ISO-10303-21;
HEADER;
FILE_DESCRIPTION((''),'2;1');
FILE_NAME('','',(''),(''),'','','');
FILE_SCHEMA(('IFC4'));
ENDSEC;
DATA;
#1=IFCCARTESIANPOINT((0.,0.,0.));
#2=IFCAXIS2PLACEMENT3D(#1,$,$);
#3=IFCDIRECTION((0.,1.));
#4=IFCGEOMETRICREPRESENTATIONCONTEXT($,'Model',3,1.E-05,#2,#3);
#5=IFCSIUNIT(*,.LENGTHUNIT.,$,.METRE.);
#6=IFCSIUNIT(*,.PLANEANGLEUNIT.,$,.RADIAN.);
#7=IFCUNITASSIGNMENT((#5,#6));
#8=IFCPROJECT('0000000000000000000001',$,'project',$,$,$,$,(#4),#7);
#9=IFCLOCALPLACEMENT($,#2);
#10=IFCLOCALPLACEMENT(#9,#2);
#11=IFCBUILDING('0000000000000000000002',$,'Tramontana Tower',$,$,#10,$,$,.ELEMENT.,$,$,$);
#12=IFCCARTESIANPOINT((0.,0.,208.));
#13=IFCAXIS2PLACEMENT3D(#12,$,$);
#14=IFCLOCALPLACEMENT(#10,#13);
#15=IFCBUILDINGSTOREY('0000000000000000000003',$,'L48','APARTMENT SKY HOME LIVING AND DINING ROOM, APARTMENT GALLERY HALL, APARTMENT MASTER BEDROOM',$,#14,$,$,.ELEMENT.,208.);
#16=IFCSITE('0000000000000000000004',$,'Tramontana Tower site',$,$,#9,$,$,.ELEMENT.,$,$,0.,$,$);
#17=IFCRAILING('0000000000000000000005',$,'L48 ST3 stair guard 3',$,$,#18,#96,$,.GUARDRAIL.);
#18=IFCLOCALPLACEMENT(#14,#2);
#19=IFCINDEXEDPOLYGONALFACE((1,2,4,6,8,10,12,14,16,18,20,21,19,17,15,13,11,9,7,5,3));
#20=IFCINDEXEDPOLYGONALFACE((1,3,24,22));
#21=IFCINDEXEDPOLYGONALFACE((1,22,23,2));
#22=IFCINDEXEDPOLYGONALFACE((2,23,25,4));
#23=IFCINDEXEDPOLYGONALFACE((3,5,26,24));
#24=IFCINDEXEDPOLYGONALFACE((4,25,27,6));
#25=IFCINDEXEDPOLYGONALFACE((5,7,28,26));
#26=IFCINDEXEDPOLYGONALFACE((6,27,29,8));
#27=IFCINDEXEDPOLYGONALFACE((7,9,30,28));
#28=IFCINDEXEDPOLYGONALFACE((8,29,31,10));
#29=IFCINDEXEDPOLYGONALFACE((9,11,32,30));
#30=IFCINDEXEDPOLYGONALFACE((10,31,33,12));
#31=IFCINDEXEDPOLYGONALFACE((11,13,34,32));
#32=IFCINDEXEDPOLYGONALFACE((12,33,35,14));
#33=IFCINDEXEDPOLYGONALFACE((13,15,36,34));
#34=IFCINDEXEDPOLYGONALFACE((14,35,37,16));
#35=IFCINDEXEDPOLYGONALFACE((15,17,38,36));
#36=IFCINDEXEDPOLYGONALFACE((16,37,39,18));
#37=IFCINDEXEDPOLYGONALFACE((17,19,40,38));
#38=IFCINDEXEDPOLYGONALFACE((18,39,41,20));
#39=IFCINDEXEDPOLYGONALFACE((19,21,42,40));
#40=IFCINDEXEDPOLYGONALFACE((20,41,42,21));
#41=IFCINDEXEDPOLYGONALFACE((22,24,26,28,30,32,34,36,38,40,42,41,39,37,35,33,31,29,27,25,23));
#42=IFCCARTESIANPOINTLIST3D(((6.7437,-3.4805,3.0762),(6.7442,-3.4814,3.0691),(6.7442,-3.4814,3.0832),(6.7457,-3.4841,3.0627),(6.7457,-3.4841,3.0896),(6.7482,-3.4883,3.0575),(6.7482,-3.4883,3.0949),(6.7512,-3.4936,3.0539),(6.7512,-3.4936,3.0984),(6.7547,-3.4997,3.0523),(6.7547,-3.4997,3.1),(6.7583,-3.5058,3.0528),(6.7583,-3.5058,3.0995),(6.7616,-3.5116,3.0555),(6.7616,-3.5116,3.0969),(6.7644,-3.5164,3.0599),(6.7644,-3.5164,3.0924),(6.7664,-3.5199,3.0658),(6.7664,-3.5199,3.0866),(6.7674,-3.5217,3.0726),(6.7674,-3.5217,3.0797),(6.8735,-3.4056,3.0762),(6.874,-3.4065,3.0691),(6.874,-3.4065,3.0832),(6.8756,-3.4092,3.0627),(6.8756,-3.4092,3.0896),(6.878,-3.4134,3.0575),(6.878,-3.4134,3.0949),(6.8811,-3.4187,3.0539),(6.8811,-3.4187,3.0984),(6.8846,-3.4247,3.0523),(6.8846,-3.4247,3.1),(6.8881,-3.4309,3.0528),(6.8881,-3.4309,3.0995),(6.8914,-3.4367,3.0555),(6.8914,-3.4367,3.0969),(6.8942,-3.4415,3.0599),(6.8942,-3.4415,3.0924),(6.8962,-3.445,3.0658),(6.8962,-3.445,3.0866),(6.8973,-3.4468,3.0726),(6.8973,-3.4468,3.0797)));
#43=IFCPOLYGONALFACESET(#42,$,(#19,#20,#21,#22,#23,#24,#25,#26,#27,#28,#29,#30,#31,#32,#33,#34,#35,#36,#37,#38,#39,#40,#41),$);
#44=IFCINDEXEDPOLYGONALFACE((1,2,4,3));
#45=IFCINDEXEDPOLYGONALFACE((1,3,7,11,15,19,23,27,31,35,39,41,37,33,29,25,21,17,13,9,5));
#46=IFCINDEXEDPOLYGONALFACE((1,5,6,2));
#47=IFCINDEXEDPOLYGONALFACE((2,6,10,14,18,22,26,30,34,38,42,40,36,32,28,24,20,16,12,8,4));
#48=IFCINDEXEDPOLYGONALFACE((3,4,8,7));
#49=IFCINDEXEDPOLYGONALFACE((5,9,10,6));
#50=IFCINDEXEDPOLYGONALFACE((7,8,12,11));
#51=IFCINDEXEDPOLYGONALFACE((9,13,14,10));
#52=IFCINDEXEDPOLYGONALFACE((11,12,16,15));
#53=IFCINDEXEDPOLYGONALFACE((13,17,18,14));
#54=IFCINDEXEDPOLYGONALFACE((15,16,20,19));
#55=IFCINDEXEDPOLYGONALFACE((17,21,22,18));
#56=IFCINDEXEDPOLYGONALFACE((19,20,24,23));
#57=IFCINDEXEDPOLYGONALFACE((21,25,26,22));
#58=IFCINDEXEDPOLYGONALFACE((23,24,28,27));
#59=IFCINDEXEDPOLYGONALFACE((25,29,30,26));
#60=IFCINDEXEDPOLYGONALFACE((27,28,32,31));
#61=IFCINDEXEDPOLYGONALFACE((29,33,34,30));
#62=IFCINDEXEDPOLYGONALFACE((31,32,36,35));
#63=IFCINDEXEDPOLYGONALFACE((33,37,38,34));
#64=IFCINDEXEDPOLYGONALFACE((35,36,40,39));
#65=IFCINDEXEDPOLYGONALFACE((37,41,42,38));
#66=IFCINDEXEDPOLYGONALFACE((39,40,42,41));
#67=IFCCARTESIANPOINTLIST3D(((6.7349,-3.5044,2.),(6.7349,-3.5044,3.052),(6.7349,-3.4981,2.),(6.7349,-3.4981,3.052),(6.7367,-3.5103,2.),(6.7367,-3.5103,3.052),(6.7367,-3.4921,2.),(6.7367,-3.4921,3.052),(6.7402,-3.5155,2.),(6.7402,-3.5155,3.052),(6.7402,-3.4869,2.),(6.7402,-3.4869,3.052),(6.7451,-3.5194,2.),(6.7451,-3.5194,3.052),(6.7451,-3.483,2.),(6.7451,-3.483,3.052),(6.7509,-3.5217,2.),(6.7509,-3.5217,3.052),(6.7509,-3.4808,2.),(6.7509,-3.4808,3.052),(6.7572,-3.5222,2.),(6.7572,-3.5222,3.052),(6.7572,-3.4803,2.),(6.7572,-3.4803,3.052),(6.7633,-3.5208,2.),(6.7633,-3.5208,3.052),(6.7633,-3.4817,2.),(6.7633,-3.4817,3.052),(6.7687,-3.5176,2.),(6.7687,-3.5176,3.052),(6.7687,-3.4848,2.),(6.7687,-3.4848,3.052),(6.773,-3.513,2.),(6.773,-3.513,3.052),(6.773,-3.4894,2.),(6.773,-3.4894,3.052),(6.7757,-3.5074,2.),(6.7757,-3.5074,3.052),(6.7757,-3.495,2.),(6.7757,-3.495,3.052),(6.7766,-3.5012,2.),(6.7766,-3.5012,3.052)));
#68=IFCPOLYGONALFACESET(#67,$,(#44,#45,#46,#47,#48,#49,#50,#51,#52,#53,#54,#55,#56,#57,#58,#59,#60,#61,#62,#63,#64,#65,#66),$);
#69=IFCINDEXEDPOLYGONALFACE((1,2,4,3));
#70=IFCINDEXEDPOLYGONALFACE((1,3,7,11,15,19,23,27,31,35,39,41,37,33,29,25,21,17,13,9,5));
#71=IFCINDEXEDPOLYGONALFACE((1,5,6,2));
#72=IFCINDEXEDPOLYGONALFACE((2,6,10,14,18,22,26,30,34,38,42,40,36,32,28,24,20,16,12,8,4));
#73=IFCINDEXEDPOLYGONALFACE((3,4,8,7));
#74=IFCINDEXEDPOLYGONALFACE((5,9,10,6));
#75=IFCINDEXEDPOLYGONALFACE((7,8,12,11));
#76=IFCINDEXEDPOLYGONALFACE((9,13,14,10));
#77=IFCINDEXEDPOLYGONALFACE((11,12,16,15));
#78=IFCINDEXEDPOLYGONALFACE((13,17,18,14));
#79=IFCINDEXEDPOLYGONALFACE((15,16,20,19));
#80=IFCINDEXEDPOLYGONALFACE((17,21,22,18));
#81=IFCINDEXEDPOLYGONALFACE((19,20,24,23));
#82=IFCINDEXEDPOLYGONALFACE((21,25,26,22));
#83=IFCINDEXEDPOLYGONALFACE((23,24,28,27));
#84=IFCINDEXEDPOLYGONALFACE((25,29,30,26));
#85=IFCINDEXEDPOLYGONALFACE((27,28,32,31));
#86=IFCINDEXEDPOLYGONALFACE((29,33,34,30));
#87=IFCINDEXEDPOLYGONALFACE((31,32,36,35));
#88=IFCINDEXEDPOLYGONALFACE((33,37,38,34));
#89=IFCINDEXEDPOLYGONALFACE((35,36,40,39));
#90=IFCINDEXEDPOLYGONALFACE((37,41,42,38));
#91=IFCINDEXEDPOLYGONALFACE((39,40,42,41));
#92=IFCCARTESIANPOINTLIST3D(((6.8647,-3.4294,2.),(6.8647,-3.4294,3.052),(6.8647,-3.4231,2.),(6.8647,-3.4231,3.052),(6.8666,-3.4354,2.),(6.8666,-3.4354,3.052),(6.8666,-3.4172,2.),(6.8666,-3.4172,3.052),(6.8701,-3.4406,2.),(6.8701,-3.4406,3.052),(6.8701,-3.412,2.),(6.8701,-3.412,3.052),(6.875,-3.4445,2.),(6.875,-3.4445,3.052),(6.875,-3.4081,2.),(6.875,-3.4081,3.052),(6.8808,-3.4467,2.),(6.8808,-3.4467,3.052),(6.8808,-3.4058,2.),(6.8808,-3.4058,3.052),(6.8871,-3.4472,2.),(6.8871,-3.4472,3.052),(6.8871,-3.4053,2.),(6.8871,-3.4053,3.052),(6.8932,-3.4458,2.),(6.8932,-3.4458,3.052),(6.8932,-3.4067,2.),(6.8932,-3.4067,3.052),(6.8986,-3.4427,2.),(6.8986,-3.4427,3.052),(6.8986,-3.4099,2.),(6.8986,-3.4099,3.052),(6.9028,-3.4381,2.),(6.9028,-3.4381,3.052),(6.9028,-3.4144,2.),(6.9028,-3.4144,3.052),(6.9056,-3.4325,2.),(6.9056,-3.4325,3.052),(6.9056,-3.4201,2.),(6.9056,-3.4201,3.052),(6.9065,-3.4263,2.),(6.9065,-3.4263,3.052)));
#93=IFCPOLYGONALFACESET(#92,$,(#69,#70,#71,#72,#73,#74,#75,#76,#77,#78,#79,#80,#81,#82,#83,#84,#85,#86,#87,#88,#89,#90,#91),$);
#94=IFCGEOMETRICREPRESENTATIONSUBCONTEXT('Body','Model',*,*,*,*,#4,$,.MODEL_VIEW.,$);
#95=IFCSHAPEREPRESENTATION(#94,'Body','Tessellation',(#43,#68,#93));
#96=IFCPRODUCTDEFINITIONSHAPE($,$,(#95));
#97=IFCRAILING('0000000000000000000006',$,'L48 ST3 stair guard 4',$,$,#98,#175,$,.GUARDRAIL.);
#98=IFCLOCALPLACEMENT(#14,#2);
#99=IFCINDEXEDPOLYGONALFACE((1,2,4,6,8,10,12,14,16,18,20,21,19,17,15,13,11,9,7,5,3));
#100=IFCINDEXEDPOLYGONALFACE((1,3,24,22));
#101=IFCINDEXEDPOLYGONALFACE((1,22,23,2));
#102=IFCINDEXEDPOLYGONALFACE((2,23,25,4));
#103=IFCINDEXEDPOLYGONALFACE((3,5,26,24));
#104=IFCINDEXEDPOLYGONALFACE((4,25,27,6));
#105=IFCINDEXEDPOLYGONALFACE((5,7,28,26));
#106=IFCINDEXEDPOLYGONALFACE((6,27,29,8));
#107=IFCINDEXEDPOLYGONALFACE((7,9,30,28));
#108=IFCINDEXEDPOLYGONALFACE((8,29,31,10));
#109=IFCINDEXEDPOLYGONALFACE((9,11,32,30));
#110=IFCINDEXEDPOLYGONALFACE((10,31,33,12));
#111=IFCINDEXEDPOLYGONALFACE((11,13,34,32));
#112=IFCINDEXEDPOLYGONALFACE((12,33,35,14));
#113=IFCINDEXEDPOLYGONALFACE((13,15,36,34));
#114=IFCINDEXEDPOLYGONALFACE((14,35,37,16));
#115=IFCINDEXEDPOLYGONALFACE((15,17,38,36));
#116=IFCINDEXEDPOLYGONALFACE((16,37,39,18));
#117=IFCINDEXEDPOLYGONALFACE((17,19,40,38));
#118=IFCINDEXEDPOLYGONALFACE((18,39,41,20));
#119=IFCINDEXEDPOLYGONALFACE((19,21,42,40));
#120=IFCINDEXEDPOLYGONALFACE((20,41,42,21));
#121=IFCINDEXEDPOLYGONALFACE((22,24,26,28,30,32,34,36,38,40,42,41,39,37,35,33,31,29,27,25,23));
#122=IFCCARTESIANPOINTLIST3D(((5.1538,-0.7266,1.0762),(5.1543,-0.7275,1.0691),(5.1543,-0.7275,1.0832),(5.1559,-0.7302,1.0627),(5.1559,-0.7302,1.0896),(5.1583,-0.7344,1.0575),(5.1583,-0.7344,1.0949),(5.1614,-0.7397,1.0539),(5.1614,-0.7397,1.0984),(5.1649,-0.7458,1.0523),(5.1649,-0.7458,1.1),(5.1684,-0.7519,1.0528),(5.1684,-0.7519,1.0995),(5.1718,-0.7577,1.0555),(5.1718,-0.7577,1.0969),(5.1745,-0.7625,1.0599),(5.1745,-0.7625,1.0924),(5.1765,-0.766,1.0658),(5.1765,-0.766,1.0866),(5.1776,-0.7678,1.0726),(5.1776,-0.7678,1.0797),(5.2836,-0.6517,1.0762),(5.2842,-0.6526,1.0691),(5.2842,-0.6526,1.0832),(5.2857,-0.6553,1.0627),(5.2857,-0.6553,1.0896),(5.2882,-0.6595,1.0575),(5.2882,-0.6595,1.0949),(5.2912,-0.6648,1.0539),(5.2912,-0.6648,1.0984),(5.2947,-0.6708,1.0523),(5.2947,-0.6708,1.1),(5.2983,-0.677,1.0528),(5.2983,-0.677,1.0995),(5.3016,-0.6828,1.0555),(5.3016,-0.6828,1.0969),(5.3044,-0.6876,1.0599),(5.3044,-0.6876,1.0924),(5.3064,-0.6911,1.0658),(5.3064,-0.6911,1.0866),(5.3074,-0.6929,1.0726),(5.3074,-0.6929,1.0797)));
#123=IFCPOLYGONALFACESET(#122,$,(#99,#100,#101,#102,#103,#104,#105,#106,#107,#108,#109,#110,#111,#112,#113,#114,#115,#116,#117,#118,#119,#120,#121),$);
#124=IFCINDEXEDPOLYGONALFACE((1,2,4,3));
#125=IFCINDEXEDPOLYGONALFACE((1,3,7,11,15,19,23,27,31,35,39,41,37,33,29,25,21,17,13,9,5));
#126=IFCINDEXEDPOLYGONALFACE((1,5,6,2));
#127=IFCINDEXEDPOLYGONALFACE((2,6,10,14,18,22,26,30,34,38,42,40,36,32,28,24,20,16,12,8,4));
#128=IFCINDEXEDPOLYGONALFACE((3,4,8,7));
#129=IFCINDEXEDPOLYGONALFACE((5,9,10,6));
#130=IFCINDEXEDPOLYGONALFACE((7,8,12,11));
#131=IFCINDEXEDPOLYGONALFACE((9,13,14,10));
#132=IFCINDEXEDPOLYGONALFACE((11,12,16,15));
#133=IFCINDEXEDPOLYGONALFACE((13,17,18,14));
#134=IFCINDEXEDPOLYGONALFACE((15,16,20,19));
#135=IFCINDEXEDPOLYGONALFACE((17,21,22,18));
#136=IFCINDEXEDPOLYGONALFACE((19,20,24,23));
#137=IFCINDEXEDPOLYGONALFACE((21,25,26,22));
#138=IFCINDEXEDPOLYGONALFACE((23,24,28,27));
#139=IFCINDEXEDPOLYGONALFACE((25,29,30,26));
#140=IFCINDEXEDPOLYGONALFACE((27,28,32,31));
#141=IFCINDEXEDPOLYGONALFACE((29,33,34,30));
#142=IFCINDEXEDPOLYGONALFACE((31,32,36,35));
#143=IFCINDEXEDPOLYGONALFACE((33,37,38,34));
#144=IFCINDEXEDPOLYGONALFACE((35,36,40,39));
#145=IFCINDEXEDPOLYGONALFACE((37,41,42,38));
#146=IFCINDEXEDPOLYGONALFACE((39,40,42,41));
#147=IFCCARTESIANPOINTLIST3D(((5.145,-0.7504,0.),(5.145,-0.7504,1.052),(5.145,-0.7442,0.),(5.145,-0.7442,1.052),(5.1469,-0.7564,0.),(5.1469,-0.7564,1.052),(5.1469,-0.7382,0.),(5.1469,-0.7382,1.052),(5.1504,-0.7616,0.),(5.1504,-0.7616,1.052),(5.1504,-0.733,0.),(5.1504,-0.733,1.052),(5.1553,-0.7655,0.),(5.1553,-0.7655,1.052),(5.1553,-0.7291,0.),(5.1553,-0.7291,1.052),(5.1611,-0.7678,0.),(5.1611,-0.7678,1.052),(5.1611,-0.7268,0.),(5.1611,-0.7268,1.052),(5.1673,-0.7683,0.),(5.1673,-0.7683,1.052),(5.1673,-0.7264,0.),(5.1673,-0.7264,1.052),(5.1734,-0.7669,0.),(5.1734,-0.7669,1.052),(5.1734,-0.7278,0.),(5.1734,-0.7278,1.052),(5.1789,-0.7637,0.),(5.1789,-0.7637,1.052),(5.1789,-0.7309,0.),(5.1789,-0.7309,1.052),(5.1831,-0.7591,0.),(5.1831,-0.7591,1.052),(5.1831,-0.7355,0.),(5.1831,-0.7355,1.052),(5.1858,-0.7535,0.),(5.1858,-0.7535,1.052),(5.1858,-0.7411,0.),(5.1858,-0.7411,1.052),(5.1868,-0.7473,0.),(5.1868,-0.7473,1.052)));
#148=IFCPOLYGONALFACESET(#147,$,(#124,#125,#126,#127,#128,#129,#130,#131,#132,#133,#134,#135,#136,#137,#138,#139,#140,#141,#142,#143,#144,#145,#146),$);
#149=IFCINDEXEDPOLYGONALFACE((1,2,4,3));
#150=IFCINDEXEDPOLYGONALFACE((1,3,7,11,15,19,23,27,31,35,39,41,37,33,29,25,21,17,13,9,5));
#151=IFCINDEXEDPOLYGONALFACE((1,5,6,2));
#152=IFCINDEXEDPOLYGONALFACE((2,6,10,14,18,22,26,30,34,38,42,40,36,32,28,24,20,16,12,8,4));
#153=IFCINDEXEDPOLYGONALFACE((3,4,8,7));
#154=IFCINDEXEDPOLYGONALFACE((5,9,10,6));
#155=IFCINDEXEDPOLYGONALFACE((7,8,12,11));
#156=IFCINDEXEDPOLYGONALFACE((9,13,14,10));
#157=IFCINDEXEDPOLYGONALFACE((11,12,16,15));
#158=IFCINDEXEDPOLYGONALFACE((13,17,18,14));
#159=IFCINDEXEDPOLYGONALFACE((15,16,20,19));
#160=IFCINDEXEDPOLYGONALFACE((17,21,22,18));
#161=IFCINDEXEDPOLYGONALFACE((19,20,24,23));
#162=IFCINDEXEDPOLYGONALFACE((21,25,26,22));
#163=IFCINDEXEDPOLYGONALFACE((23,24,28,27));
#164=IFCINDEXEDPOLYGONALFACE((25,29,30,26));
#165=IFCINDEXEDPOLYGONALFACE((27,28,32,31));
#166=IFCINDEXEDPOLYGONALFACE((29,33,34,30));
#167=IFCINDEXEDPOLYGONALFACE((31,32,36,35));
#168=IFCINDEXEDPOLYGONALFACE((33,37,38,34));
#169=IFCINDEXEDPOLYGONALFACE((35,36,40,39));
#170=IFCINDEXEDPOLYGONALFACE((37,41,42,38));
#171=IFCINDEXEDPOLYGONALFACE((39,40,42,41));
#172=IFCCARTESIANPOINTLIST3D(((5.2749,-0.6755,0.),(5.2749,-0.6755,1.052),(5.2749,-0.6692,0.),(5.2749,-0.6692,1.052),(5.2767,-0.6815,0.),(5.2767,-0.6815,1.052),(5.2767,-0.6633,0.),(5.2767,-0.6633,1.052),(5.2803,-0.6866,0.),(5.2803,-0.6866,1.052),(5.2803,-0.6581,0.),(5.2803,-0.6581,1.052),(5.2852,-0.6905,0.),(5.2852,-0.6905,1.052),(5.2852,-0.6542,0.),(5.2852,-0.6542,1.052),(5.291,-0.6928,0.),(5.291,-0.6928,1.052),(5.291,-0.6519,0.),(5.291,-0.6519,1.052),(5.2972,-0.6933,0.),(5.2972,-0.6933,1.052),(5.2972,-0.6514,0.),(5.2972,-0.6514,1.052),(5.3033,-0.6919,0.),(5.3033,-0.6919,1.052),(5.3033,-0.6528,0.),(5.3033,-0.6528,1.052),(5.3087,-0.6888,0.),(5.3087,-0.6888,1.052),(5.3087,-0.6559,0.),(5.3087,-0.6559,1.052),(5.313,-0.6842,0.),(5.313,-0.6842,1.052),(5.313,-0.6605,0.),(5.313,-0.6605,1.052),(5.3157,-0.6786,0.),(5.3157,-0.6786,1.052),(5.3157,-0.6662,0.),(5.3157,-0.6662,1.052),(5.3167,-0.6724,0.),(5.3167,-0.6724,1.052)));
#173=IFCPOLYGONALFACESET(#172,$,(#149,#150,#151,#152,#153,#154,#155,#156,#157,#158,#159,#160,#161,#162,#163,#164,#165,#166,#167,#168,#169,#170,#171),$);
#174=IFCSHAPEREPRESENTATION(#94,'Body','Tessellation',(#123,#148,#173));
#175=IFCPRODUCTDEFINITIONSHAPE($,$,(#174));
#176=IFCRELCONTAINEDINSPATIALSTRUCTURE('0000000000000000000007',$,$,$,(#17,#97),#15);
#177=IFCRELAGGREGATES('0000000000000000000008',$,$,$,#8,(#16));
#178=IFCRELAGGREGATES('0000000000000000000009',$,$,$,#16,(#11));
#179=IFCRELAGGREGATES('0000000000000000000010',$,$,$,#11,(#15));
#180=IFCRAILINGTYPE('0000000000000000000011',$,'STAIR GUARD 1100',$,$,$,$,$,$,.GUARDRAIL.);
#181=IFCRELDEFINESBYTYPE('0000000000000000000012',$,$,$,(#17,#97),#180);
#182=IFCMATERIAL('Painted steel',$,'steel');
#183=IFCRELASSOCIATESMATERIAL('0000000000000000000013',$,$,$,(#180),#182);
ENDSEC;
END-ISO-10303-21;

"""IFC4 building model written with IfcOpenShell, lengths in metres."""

from ifc_helpers import new_model, si_unit, direction, frame, origin, origin_2d, place, context, subcontext, project, spatial, circle, extrude, material, type_object, element, save


model = new_model("IFC4")

# Units and contexts
model_context = context("Model", 3, precision=1e-05, world=origin(), true_north=direction((0.0, 1.0)))
body_context = subcontext(model_context, "Body", "Model", "MODEL_VIEW")
ifc_project = project(units=[si_unit("LENGTHUNIT", "METRE"), si_unit("PLANEANGLEUNIT", "RADIAN")], contexts=[model_context])

# Site, building, storey
site_placement = place(None, origin())
site = spatial("IfcSite", under=ifc_project, at=site_placement, Name="Tramontana Tower site", CompositionType="ELEMENT", RefElevation=0.0)
building_placement = place(site_placement, origin())
building = spatial("IfcBuilding", under=site, at=building_placement, Name="Tramontana Tower", CompositionType="ELEMENT")
storey_placement = place(building_placement, frame((0.0, 0.0, 208.0)))
storey = spatial("IfcBuildingStorey", under=building, at=storey_placement, Name="L48", Description="APARTMENT SKY HOME LIVING AND DINING ROOM, APARTMENT GALLERY HALL, APARTMENT MASTER BEDROOM", CompositionType="ELEMENT", Elevation=208.0)

# Railings
ifc_material_1 = material(Name="Painted steel", Category="steel")
railing_type_1 = type_object("IfcRailingType", Name="STAIR GUARD 1100", PredefinedType="GUARDRAIL", material=ifc_material_1)
for number, where, name in (
    (1, (6.7556, -3.5012, 2.0), "L48 ST3 stair guard 3"),
    (2, (5.1658, -0.7473, 0.0), "L48 ST3 stair guard 4"),
):
    element("IfcRailing", number, at=place(storey_placement, frame(where)), inside=storey, type_object=railing_type_1, Name=name, PredefinedType="GUARDRAIL", context=body_context, shape_type="SweptSolid", body=[
        extrude(circle(Radius=0.0239, at=origin_2d()), frame((0.0, 0.0, 1.0762), z_axis=(0.866131, 0.499816, 0.0), x_axis=(-0.499816, 0.866131, 0.0)), (0.0, 0.0, 1.0), 0.1499),
        extrude(circle(Radius=0.021, at=origin_2d()), origin(), (0.0, 0.0, 1.0), 1.052),
        extrude(circle(Radius=0.021, at=origin_2d()), frame((0.1299, 0.075, 0.0)), (0.0, 0.0, 1.0), 1.052),
    ])

save(model, "model.ifc")
